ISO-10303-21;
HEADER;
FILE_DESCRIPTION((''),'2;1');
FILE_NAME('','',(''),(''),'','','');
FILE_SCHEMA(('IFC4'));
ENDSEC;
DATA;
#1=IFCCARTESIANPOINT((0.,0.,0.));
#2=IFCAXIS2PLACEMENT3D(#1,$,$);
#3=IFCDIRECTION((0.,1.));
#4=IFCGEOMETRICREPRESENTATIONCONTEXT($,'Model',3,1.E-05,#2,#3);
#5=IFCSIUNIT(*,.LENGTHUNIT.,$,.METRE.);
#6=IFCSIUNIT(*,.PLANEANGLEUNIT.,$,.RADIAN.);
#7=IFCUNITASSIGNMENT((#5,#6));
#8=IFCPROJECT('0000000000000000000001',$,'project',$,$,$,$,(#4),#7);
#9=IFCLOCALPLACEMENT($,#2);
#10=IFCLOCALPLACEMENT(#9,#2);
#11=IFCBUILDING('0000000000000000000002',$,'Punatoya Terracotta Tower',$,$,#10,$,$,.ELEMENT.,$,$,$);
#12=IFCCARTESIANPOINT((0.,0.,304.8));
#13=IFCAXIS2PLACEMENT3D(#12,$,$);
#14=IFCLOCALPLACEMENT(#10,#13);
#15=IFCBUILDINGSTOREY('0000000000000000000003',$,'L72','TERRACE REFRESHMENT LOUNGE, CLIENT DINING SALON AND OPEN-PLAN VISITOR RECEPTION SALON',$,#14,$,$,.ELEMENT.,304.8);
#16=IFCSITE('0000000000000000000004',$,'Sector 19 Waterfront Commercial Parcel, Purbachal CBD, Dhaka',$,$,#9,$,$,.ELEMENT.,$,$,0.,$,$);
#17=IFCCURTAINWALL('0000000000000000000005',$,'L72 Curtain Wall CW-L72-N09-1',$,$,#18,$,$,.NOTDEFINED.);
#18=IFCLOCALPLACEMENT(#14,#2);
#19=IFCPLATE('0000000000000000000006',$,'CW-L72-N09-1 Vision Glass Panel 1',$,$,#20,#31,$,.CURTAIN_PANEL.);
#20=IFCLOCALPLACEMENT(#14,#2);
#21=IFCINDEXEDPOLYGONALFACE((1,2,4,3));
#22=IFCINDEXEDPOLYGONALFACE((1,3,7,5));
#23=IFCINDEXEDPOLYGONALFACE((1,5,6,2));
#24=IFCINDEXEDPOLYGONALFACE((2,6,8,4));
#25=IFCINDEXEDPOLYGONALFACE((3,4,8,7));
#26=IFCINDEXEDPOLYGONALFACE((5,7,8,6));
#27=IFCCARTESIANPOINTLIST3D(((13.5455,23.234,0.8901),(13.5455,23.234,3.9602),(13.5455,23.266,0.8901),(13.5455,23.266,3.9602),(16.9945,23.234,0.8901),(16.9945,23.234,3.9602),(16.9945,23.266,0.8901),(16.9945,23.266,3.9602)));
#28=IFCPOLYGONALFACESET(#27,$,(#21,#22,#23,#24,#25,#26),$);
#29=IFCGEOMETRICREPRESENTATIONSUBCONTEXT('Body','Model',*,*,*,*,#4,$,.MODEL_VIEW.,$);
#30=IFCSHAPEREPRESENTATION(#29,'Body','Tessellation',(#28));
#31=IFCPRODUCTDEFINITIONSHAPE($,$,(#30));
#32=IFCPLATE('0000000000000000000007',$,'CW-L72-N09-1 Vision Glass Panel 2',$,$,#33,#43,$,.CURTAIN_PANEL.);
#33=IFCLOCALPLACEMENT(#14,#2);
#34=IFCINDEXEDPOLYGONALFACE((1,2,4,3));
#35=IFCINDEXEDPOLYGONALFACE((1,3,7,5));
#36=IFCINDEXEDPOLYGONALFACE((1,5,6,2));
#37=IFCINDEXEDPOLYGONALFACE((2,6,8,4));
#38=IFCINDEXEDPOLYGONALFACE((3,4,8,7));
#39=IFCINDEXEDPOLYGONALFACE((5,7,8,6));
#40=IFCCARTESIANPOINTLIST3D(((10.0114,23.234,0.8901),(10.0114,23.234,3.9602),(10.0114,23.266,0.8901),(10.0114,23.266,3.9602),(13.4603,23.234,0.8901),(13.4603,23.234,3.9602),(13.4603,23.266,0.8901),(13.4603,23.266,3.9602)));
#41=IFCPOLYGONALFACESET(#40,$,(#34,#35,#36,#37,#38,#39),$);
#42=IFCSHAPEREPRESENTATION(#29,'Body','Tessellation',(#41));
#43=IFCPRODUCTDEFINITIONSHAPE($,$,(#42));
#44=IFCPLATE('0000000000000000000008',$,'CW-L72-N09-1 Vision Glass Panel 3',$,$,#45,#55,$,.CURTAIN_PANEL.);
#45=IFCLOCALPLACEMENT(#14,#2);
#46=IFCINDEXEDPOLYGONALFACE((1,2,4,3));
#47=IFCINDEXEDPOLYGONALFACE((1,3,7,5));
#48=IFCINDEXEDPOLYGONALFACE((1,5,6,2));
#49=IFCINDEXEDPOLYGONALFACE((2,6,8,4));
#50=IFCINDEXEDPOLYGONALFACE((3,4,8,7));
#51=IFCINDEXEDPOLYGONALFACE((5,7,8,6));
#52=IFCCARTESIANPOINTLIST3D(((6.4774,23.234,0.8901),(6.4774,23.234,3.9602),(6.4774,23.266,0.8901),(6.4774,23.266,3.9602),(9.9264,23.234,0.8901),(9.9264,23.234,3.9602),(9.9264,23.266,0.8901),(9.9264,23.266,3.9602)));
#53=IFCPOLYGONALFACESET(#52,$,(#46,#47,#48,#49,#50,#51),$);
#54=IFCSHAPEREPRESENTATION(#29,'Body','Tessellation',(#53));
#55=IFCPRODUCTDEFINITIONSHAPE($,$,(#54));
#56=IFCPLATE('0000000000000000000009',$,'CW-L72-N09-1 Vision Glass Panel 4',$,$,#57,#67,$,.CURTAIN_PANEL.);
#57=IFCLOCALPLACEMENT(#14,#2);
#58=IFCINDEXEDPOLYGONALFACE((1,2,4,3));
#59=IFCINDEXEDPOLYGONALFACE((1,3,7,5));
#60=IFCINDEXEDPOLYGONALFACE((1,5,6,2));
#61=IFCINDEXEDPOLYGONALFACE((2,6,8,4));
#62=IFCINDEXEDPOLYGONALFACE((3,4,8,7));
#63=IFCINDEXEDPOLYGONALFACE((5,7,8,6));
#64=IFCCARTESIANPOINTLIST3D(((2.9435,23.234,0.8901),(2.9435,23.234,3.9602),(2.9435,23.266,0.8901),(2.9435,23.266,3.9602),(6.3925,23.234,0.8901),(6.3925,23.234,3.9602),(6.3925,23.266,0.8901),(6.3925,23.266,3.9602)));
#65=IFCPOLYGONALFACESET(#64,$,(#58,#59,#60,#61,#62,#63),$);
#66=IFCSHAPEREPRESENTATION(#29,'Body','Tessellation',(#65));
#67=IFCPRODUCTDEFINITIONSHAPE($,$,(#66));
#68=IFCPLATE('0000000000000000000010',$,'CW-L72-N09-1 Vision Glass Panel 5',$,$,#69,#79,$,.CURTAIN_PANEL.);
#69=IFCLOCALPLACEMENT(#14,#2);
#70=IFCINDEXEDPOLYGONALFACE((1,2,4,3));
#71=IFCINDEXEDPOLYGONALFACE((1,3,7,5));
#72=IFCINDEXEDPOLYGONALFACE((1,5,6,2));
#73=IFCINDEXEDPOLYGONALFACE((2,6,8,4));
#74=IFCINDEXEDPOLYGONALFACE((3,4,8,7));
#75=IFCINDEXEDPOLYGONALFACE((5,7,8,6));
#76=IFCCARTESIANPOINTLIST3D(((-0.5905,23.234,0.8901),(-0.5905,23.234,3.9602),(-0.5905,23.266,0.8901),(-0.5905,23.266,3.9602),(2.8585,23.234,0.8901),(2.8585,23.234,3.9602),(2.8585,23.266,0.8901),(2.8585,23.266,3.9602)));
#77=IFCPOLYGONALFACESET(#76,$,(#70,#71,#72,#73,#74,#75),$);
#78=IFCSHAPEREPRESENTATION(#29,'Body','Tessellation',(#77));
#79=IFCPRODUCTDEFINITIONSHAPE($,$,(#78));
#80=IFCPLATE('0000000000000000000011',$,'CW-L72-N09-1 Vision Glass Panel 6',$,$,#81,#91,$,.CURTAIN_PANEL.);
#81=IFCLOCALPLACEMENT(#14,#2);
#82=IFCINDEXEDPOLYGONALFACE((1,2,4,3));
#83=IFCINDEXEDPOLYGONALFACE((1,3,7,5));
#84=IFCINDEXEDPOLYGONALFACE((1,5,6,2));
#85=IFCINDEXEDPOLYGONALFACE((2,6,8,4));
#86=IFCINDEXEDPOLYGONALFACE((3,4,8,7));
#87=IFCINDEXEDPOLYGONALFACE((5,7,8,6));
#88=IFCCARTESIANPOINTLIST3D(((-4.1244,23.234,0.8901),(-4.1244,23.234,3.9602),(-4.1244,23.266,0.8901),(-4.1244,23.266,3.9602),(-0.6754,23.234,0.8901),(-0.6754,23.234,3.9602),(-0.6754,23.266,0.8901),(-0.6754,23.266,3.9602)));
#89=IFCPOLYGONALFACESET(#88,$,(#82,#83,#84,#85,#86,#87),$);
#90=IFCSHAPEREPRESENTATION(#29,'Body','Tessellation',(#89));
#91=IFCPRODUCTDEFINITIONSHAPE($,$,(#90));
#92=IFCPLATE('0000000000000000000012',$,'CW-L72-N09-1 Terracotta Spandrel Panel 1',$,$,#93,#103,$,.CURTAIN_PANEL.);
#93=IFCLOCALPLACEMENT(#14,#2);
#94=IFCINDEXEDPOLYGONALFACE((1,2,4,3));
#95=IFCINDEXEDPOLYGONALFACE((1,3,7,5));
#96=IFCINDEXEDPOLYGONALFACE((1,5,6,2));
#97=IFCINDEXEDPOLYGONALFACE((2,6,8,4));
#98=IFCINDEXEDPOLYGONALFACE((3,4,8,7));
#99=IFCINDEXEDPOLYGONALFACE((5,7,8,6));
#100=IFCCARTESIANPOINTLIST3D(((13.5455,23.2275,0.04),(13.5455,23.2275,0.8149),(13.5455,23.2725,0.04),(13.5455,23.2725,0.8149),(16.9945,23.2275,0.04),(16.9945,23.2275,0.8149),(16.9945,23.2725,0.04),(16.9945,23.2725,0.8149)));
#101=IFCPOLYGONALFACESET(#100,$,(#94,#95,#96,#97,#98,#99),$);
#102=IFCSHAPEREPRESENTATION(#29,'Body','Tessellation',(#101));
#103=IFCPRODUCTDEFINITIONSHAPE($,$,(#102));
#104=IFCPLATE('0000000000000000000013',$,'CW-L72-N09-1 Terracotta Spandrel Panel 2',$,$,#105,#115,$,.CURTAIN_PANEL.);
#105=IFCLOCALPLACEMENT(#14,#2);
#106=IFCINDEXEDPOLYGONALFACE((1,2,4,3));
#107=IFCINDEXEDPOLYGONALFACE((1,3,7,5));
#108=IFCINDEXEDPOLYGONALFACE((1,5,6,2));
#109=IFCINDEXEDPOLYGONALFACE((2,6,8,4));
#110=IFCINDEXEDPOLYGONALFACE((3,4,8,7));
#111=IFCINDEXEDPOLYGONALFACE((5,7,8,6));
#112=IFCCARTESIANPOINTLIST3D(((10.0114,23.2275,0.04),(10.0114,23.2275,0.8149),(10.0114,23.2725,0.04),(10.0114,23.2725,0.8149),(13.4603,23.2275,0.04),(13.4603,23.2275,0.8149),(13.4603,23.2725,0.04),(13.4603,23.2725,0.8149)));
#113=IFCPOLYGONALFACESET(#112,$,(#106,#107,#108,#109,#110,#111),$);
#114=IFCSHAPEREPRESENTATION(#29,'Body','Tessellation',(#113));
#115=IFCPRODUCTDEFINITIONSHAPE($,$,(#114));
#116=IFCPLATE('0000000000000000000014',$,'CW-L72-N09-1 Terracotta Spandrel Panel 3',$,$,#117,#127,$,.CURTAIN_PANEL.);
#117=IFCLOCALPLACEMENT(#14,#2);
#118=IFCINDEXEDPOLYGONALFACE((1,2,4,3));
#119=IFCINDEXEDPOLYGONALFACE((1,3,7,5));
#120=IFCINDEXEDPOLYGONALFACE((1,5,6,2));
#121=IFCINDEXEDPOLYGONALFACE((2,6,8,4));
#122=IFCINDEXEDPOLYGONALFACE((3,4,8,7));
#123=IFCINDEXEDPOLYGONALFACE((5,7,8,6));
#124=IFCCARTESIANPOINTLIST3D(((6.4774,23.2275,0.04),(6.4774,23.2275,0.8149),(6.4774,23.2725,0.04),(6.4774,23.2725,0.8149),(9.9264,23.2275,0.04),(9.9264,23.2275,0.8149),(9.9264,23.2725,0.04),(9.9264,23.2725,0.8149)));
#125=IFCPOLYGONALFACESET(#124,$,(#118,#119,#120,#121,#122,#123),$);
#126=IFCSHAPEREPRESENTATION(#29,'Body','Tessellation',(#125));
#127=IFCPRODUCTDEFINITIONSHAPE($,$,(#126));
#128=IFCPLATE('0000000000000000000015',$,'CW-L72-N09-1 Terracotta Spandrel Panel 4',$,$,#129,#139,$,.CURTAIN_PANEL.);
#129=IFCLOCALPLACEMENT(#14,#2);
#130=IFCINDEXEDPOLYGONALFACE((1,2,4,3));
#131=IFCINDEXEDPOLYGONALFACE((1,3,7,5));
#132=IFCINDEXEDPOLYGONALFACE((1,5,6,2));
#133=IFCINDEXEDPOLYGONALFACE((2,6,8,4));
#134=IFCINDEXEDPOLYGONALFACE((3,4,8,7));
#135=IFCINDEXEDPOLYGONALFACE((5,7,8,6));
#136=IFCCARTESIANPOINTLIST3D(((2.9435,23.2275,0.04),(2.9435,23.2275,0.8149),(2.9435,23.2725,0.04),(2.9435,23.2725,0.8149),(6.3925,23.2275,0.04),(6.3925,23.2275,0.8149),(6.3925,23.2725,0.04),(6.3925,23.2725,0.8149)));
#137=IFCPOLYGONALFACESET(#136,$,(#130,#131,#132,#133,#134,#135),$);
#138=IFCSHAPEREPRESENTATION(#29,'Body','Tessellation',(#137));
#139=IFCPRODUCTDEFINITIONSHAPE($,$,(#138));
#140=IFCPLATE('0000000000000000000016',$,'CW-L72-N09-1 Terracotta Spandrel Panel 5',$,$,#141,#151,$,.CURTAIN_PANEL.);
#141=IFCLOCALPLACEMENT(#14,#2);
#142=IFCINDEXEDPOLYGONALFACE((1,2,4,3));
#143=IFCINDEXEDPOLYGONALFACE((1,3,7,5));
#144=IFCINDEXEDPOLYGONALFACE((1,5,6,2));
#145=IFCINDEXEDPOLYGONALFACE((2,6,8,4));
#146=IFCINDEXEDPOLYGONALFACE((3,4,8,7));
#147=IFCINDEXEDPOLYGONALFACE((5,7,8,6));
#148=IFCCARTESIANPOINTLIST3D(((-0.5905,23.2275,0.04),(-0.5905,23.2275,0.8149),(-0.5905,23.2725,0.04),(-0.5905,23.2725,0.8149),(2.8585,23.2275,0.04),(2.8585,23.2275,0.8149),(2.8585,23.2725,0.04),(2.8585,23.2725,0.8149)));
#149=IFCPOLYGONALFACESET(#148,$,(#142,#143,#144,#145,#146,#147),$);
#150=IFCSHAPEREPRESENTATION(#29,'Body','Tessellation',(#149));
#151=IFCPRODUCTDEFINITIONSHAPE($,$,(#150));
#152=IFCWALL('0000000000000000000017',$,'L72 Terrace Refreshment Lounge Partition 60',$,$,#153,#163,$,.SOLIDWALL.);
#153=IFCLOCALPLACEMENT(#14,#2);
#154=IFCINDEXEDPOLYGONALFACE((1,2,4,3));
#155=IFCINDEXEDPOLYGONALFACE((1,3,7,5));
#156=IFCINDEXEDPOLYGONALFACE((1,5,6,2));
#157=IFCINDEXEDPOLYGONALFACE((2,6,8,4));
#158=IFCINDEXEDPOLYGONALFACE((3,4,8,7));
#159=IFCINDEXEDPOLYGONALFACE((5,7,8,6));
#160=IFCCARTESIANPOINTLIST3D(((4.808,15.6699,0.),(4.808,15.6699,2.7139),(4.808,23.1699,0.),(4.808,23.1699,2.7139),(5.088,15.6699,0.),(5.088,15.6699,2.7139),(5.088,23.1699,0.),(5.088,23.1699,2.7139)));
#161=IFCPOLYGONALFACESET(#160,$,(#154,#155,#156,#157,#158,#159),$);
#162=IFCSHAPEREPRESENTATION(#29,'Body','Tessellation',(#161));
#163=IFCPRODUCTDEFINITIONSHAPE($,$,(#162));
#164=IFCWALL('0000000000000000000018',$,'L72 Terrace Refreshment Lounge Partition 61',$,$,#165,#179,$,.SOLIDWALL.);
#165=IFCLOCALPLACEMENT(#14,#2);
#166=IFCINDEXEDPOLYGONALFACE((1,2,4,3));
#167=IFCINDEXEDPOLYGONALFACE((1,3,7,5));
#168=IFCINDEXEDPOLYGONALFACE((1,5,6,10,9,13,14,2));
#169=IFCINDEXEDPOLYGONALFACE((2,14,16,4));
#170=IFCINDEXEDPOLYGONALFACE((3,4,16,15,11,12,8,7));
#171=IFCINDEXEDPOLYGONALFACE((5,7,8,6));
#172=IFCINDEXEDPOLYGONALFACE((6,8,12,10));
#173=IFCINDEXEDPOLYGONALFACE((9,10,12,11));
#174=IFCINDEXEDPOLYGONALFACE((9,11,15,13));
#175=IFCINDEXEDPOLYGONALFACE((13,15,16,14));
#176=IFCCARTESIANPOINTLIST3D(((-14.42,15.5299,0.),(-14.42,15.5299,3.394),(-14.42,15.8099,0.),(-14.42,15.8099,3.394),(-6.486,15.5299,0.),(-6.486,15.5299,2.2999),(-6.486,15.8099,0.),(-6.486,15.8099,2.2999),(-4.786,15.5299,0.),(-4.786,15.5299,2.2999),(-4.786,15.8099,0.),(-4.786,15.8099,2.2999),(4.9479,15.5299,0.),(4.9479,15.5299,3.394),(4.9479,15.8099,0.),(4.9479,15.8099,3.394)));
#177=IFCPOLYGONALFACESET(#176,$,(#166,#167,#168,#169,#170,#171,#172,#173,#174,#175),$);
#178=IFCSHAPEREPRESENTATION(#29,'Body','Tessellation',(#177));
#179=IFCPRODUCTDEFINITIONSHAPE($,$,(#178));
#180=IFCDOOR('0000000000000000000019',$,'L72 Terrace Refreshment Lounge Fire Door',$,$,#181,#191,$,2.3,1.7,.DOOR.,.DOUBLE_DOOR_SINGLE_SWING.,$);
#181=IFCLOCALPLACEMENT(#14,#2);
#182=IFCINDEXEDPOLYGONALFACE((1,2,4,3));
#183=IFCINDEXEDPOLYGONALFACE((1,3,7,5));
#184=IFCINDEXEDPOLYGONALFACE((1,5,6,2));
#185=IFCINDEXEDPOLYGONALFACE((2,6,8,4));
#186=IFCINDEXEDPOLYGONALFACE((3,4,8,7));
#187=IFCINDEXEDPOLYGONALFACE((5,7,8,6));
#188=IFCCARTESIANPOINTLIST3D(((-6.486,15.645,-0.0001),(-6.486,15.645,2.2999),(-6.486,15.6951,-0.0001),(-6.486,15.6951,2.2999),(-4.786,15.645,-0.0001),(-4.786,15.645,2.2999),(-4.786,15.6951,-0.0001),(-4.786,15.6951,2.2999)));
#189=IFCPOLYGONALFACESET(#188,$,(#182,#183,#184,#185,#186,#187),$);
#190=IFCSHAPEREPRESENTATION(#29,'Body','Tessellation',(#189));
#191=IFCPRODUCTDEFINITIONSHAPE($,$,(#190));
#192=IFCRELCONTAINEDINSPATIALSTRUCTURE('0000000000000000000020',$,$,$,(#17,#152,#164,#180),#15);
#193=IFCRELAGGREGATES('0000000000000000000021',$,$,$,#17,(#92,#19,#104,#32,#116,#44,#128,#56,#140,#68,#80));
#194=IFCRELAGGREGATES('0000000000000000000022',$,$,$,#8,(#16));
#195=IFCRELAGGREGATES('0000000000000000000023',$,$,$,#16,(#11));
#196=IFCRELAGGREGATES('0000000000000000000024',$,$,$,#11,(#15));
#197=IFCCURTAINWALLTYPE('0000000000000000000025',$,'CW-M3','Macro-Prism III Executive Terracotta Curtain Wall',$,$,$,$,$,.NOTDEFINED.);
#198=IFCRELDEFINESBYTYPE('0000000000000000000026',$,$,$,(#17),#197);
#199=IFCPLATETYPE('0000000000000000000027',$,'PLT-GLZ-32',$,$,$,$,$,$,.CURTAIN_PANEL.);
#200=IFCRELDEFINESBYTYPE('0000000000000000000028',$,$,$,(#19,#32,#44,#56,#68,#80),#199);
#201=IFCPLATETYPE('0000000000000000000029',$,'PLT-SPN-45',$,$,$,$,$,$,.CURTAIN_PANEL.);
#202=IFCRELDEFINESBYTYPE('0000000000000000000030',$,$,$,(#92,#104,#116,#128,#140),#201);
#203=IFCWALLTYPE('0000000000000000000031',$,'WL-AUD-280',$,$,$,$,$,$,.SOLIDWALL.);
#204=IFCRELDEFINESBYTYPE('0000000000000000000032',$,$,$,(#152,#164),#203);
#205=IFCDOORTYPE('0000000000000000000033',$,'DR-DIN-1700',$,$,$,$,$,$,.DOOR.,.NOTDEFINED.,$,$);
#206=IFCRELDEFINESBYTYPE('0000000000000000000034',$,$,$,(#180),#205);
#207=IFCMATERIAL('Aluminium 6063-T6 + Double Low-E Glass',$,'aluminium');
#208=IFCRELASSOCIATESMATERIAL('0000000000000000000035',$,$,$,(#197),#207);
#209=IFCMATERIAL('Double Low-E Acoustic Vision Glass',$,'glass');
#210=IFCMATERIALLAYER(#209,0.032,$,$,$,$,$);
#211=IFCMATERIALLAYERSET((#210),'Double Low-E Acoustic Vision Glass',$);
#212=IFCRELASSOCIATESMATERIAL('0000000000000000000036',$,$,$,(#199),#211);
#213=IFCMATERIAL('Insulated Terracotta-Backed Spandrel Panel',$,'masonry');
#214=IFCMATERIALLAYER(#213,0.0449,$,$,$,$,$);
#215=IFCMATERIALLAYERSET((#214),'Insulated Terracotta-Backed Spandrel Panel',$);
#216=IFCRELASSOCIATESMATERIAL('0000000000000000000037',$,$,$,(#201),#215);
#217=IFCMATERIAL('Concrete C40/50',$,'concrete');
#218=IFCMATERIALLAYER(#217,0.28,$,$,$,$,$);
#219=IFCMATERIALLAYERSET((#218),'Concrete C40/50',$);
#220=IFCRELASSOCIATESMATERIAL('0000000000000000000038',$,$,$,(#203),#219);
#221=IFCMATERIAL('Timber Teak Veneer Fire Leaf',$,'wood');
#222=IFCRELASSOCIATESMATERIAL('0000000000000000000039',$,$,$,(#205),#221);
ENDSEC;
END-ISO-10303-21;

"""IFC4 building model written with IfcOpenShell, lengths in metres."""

from ifc_helpers import new_model, si_unit, direction, frame, frame_2d, origin, origin_2d, place, context, subcontext, project, spatial, rectangle, extrude, material, layer, layer_set, type_object, element, fill, aggregate, save


model = new_model("IFC4")

# Units and contexts
model_context = context("Model", 3, precision=1e-05, world=origin(), true_north=direction((0.0, 1.0)))
body_context = subcontext(model_context, "Body", "Model", "MODEL_VIEW")
ifc_project = project(units=[si_unit("LENGTHUNIT", "METRE"), si_unit("PLANEANGLEUNIT", "RADIAN")], contexts=[model_context])

# Site, building, storey
site_placement = place(None, origin())
site = spatial("IfcSite", under=ifc_project, at=site_placement, Name="Sector 19 Waterfront Commercial Parcel, Purbachal CBD, Dhaka", CompositionType="ELEMENT", RefElevation=0.0)
building_placement = place(site_placement, origin())
building = spatial("IfcBuilding", under=site, at=building_placement, Name="Punatoya Terracotta Tower", CompositionType="ELEMENT")
storey_placement = place(building_placement, frame((0.0, 0.0, 304.8)))
storey = spatial("IfcBuildingStorey", under=building, at=storey_placement, Name="L72", Description="TERRACE REFRESHMENT LOUNGE, CLIENT DINING SALON AND OPEN-PLAN VISITOR RECEPTION SALON", CompositionType="ELEMENT", Elevation=304.8)

# Curtain wall, plates
ifc_material_1 = material(Name="Aluminium 6063-T6 + Double Low-E Glass", Category="aluminium")
curtain_wall_type = type_object("IfcCurtainWallType", Name="CW-M3", Description="Macro-Prism III Executive Terracotta Curtain Wall", PredefinedType="NOTDEFINED", material=ifc_material_1)
curtain_wall_placement = place(storey_placement, origin())
curtain_wall = element("IfcCurtainWall", 1, at=curtain_wall_placement, inside=storey, type_object=curtain_wall_type, Name="L72 Curtain Wall CW-L72-N09-1", PredefinedType="NOTDEFINED")
ifc_material_2 = material(Name="Double Low-E Acoustic Vision Glass", Category="glass")
ifc_layer_1 = layer(ifc_material_2, 0.032)
ifc_layer_set_1 = layer_set([ifc_layer_1], Name="Double Low-E Acoustic Vision Glass")
plate_type_1 = type_object("IfcPlateType", Name="PLT-GLZ-32", PredefinedType="CURTAIN_PANEL", material=ifc_layer_set_1)
plate_1_placement = place(storey_placement, frame((15.27, 23.25, 0.8901), z_axis=(0.0, 0.0, 1.0), x_axis=(-1.0, 0.0, 0.0)))
plate_1 = element("IfcPlate", 2, at=plate_1_placement, type_object=plate_type_1, Name="CW-L72-N09-1 Vision Glass Panel 1", PredefinedType="CURTAIN_PANEL", context=body_context, shape_type="SweptSolid", body=[
    extrude(rectangle(XDim=3.449, YDim=0.032, at=origin_2d()), origin(), (0.0, 0.0, 1.0), 3.0701),
])
plate_2_placement = place(storey_placement, frame((11.7358, 23.25, 0.8901), z_axis=(0.0, 0.0, 1.0), x_axis=(-1.0, 0.0, 0.0)))
plate_2 = element("IfcPlate", 3, at=plate_2_placement, type_object=plate_type_1, Name="CW-L72-N09-1 Vision Glass Panel 2", PredefinedType="CURTAIN_PANEL", context=body_context, shape_type="SweptSolid", body=[
    extrude(rectangle(XDim=3.449, YDim=0.032, at=origin_2d()), origin(), (0.0, 0.0, 1.0), 3.0701),
])
plate_3_placement = place(storey_placement, frame((8.2019, 23.25, 0.8901), z_axis=(0.0, 0.0, 1.0), x_axis=(-1.0, 0.0, 0.0)))
plate_3 = element("IfcPlate", 4, at=plate_3_placement, type_object=plate_type_1, Name="CW-L72-N09-1 Vision Glass Panel 3", PredefinedType="CURTAIN_PANEL", context=body_context, shape_type="SweptSolid", body=[
    extrude(rectangle(XDim=3.449, YDim=0.032, at=origin_2d()), origin(), (0.0, 0.0, 1.0), 3.0701),
])
plate_4_placement = place(storey_placement, frame((4.668, 23.25, 0.8901), z_axis=(0.0, 0.0, 1.0), x_axis=(-1.0, 0.0, 0.0)))
plate_4 = element("IfcPlate", 5, at=plate_4_placement, type_object=plate_type_1, Name="CW-L72-N09-1 Vision Glass Panel 4", PredefinedType="CURTAIN_PANEL", context=body_context, shape_type="SweptSolid", body=[
    extrude(rectangle(XDim=3.449, YDim=0.032, at=origin_2d()), origin(), (0.0, 0.0, 1.0), 3.0701),
])
plate_5_placement = place(storey_placement, frame((1.134, 23.25, 0.8901), z_axis=(0.0, 0.0, 1.0), x_axis=(-1.0, 0.0, 0.0)))
plate_5 = element("IfcPlate", 6, at=plate_5_placement, type_object=plate_type_1, Name="CW-L72-N09-1 Vision Glass Panel 5", PredefinedType="CURTAIN_PANEL", context=body_context, shape_type="SweptSolid", body=[
    extrude(rectangle(XDim=3.449, YDim=0.032, at=origin_2d()), origin(), (0.0, 0.0, 1.0), 3.0701),
])
plate_6_placement = place(storey_placement, frame((-2.3999, 23.25, 0.8901), z_axis=(0.0, 0.0, 1.0), x_axis=(-1.0, 0.0, 0.0)))
plate_6 = element("IfcPlate", 7, at=plate_6_placement, type_object=plate_type_1, Name="CW-L72-N09-1 Vision Glass Panel 6", PredefinedType="CURTAIN_PANEL", context=body_context, shape_type="SweptSolid", body=[
    extrude(rectangle(XDim=3.449, YDim=0.032, at=origin_2d()), origin(), (0.0, 0.0, 1.0), 3.0701),
])
ifc_material_3 = material(Name="Insulated Terracotta-Backed Spandrel Panel", Category="masonry")
ifc_layer_2 = layer(ifc_material_3, 0.0449)
ifc_layer_set_2 = layer_set([ifc_layer_2], Name="Insulated Terracotta-Backed Spandrel Panel")
plate_type_2 = type_object("IfcPlateType", Name="PLT-SPN-45", PredefinedType="CURTAIN_PANEL", material=ifc_layer_set_2)
plate_7_placement = place(storey_placement, frame((15.27, 23.25, 0.04), z_axis=(0.0, 0.0, 1.0), x_axis=(-1.0, 0.0, 0.0)))
plate_7 = element("IfcPlate", 8, at=plate_7_placement, type_object=plate_type_2, Name="CW-L72-N09-1 Terracotta Spandrel Panel 1", PredefinedType="CURTAIN_PANEL", context=body_context, shape_type="SweptSolid", body=[
    extrude(rectangle(XDim=3.449, YDim=0.0449, at=origin_2d()), origin(), (0.0, 0.0, 1.0), 0.7749),
])
plate_8_placement = place(storey_placement, frame((11.7358, 23.25, 0.04), z_axis=(0.0, 0.0, 1.0), x_axis=(-1.0, 0.0, 0.0)))
plate_8 = element("IfcPlate", 9, at=plate_8_placement, type_object=plate_type_2, Name="CW-L72-N09-1 Terracotta Spandrel Panel 2", PredefinedType="CURTAIN_PANEL", context=body_context, shape_type="SweptSolid", body=[
    extrude(rectangle(XDim=3.449, YDim=0.0449, at=origin_2d()), origin(), (0.0, 0.0, 1.0), 0.7749),
])
plate_9_placement = place(storey_placement, frame((8.2019, 23.25, 0.04), z_axis=(0.0, 0.0, 1.0), x_axis=(-1.0, 0.0, 0.0)))
plate_9 = element("IfcPlate", 10, at=plate_9_placement, type_object=plate_type_2, Name="CW-L72-N09-1 Terracotta Spandrel Panel 3", PredefinedType="CURTAIN_PANEL", context=body_context, shape_type="SweptSolid", body=[
    extrude(rectangle(XDim=3.449, YDim=0.0449, at=origin_2d()), origin(), (0.0, 0.0, 1.0), 0.7749),
])
plate_10_placement = place(storey_placement, frame((4.668, 23.25, 0.04), z_axis=(0.0, 0.0, 1.0), x_axis=(-1.0, 0.0, 0.0)))
plate_10 = element("IfcPlate", 11, at=plate_10_placement, type_object=plate_type_2, Name="CW-L72-N09-1 Terracotta Spandrel Panel 4", PredefinedType="CURTAIN_PANEL", context=body_context, shape_type="SweptSolid", body=[
    extrude(rectangle(XDim=3.449, YDim=0.0449, at=origin_2d()), origin(), (0.0, 0.0, 1.0), 0.7749),
])
plate_11_placement = place(storey_placement, frame((1.134, 23.25, 0.04), z_axis=(0.0, 0.0, 1.0), x_axis=(-1.0, 0.0, 0.0)))
plate_11 = element("IfcPlate", 12, at=plate_11_placement, type_object=plate_type_2, Name="CW-L72-N09-1 Terracotta Spandrel Panel 5", PredefinedType="CURTAIN_PANEL", context=body_context, shape_type="SweptSolid", body=[
    extrude(rectangle(XDim=3.449, YDim=0.0449, at=origin_2d()), origin(), (0.0, 0.0, 1.0), 0.7749),
])
aggregate(curtain_wall, [plate_7, plate_1, plate_8, plate_2, plate_9, plate_3, plate_10, plate_4, plate_11, plate_5, plate_6])

# Wall
ifc_material_4 = material(Name="Concrete C40/50", Category="concrete")
ifc_layer_3 = layer(ifc_material_4, 0.28)
ifc_layer_set_3 = layer_set([ifc_layer_3], Name="Concrete C40/50")
wall_type_1 = type_object("IfcWallType", Name="WL-AUD-280", PredefinedType="SOLIDWALL", material=ifc_layer_set_3)
wall_1_placement = place(storey_placement, frame((4.948, 23.1699, 0.0), z_axis=(0.0, 0.0, 1.0), x_axis=(0.0, -1.0, 0.0)))
element("IfcWall", 13, at=wall_1_placement, inside=storey, type_object=wall_type_1, Name="L72 Terrace Refreshment Lounge Partition 60", PredefinedType="SOLIDWALL", context=body_context, shape_type="SweptSolid", body=[
    extrude(rectangle(XDim=7.5, YDim=0.28, at=frame_2d((3.75, 0.0))), origin(), (0.0, 0.0, 1.0), 2.7139),
])

# Wall, opening, door
wall_2_placement = place(storey_placement, frame((4.948, 15.6699, 0.0), z_axis=(0.0, 0.0, 1.0), x_axis=(-1.0, 0.0, 0.0)))
wall_2 = element("IfcWall", 14, at=wall_2_placement, inside=storey, type_object=wall_type_1, Name="L72 Terrace Refreshment Lounge Partition 61", PredefinedType="SOLIDWALL", context=body_context, shape_type="SweptSolid", body=[
    extrude(rectangle(XDim=19.3679, YDim=0.28, at=frame_2d((9.6841, 0.0))), origin(), (0.0, 0.0, 1.0), 3.394),
])
opening_1_placement = place(wall_2_placement, frame((9.7339, 0.0, 0.0)))
opening_1 = element("IfcOpeningElement", 15, at=opening_1_placement, cuts=wall_2, PredefinedType="OPENING", context=body_context, shape_type="SweptSolid", body=[
    extrude(rectangle(XDim=1.7, YDim=2.3, at=frame_2d((0.8501, 1.1499))), frame((0.0, 0.1499, 0.0), z_axis=(0.0, -1.0, 0.0), x_axis=(1.0, 0.0, 0.0)), (0.0, 0.0, 1.0), 0.3),
])
ifc_material_5 = material(Name="Timber Teak Veneer Fire Leaf", Category="wood")
door_type = type_object("IfcDoorType", Name="DR-DIN-1700", OperationType="NOTDEFINED", PredefinedType="DOOR", material=ifc_material_5)
door_1_placement = place(opening_1_placement, origin())
door_1 = element("IfcDoor", 16, at=door_1_placement, inside=storey, type_object=door_type, Name="L72 Terrace Refreshment Lounge Fire Door", OperationType="DOUBLE_DOOR_SINGLE_SWING", OverallHeight=2.3, OverallWidth=1.7, PredefinedType="DOOR", context=body_context, shape_type="SweptSolid", body=[
    extrude(rectangle(XDim=1.7, YDim=2.3, at=frame_2d((0.8501, 1.1499))), frame((0.0, 0.0249, 0.0), z_axis=(0.0, -1.0, 0.0), x_axis=(1.0, 0.0, 0.0)), (0.0, 0.0, 1.0), 0.05),
])
fill(opening_1, door_1)

save(model, "model.ifc")
